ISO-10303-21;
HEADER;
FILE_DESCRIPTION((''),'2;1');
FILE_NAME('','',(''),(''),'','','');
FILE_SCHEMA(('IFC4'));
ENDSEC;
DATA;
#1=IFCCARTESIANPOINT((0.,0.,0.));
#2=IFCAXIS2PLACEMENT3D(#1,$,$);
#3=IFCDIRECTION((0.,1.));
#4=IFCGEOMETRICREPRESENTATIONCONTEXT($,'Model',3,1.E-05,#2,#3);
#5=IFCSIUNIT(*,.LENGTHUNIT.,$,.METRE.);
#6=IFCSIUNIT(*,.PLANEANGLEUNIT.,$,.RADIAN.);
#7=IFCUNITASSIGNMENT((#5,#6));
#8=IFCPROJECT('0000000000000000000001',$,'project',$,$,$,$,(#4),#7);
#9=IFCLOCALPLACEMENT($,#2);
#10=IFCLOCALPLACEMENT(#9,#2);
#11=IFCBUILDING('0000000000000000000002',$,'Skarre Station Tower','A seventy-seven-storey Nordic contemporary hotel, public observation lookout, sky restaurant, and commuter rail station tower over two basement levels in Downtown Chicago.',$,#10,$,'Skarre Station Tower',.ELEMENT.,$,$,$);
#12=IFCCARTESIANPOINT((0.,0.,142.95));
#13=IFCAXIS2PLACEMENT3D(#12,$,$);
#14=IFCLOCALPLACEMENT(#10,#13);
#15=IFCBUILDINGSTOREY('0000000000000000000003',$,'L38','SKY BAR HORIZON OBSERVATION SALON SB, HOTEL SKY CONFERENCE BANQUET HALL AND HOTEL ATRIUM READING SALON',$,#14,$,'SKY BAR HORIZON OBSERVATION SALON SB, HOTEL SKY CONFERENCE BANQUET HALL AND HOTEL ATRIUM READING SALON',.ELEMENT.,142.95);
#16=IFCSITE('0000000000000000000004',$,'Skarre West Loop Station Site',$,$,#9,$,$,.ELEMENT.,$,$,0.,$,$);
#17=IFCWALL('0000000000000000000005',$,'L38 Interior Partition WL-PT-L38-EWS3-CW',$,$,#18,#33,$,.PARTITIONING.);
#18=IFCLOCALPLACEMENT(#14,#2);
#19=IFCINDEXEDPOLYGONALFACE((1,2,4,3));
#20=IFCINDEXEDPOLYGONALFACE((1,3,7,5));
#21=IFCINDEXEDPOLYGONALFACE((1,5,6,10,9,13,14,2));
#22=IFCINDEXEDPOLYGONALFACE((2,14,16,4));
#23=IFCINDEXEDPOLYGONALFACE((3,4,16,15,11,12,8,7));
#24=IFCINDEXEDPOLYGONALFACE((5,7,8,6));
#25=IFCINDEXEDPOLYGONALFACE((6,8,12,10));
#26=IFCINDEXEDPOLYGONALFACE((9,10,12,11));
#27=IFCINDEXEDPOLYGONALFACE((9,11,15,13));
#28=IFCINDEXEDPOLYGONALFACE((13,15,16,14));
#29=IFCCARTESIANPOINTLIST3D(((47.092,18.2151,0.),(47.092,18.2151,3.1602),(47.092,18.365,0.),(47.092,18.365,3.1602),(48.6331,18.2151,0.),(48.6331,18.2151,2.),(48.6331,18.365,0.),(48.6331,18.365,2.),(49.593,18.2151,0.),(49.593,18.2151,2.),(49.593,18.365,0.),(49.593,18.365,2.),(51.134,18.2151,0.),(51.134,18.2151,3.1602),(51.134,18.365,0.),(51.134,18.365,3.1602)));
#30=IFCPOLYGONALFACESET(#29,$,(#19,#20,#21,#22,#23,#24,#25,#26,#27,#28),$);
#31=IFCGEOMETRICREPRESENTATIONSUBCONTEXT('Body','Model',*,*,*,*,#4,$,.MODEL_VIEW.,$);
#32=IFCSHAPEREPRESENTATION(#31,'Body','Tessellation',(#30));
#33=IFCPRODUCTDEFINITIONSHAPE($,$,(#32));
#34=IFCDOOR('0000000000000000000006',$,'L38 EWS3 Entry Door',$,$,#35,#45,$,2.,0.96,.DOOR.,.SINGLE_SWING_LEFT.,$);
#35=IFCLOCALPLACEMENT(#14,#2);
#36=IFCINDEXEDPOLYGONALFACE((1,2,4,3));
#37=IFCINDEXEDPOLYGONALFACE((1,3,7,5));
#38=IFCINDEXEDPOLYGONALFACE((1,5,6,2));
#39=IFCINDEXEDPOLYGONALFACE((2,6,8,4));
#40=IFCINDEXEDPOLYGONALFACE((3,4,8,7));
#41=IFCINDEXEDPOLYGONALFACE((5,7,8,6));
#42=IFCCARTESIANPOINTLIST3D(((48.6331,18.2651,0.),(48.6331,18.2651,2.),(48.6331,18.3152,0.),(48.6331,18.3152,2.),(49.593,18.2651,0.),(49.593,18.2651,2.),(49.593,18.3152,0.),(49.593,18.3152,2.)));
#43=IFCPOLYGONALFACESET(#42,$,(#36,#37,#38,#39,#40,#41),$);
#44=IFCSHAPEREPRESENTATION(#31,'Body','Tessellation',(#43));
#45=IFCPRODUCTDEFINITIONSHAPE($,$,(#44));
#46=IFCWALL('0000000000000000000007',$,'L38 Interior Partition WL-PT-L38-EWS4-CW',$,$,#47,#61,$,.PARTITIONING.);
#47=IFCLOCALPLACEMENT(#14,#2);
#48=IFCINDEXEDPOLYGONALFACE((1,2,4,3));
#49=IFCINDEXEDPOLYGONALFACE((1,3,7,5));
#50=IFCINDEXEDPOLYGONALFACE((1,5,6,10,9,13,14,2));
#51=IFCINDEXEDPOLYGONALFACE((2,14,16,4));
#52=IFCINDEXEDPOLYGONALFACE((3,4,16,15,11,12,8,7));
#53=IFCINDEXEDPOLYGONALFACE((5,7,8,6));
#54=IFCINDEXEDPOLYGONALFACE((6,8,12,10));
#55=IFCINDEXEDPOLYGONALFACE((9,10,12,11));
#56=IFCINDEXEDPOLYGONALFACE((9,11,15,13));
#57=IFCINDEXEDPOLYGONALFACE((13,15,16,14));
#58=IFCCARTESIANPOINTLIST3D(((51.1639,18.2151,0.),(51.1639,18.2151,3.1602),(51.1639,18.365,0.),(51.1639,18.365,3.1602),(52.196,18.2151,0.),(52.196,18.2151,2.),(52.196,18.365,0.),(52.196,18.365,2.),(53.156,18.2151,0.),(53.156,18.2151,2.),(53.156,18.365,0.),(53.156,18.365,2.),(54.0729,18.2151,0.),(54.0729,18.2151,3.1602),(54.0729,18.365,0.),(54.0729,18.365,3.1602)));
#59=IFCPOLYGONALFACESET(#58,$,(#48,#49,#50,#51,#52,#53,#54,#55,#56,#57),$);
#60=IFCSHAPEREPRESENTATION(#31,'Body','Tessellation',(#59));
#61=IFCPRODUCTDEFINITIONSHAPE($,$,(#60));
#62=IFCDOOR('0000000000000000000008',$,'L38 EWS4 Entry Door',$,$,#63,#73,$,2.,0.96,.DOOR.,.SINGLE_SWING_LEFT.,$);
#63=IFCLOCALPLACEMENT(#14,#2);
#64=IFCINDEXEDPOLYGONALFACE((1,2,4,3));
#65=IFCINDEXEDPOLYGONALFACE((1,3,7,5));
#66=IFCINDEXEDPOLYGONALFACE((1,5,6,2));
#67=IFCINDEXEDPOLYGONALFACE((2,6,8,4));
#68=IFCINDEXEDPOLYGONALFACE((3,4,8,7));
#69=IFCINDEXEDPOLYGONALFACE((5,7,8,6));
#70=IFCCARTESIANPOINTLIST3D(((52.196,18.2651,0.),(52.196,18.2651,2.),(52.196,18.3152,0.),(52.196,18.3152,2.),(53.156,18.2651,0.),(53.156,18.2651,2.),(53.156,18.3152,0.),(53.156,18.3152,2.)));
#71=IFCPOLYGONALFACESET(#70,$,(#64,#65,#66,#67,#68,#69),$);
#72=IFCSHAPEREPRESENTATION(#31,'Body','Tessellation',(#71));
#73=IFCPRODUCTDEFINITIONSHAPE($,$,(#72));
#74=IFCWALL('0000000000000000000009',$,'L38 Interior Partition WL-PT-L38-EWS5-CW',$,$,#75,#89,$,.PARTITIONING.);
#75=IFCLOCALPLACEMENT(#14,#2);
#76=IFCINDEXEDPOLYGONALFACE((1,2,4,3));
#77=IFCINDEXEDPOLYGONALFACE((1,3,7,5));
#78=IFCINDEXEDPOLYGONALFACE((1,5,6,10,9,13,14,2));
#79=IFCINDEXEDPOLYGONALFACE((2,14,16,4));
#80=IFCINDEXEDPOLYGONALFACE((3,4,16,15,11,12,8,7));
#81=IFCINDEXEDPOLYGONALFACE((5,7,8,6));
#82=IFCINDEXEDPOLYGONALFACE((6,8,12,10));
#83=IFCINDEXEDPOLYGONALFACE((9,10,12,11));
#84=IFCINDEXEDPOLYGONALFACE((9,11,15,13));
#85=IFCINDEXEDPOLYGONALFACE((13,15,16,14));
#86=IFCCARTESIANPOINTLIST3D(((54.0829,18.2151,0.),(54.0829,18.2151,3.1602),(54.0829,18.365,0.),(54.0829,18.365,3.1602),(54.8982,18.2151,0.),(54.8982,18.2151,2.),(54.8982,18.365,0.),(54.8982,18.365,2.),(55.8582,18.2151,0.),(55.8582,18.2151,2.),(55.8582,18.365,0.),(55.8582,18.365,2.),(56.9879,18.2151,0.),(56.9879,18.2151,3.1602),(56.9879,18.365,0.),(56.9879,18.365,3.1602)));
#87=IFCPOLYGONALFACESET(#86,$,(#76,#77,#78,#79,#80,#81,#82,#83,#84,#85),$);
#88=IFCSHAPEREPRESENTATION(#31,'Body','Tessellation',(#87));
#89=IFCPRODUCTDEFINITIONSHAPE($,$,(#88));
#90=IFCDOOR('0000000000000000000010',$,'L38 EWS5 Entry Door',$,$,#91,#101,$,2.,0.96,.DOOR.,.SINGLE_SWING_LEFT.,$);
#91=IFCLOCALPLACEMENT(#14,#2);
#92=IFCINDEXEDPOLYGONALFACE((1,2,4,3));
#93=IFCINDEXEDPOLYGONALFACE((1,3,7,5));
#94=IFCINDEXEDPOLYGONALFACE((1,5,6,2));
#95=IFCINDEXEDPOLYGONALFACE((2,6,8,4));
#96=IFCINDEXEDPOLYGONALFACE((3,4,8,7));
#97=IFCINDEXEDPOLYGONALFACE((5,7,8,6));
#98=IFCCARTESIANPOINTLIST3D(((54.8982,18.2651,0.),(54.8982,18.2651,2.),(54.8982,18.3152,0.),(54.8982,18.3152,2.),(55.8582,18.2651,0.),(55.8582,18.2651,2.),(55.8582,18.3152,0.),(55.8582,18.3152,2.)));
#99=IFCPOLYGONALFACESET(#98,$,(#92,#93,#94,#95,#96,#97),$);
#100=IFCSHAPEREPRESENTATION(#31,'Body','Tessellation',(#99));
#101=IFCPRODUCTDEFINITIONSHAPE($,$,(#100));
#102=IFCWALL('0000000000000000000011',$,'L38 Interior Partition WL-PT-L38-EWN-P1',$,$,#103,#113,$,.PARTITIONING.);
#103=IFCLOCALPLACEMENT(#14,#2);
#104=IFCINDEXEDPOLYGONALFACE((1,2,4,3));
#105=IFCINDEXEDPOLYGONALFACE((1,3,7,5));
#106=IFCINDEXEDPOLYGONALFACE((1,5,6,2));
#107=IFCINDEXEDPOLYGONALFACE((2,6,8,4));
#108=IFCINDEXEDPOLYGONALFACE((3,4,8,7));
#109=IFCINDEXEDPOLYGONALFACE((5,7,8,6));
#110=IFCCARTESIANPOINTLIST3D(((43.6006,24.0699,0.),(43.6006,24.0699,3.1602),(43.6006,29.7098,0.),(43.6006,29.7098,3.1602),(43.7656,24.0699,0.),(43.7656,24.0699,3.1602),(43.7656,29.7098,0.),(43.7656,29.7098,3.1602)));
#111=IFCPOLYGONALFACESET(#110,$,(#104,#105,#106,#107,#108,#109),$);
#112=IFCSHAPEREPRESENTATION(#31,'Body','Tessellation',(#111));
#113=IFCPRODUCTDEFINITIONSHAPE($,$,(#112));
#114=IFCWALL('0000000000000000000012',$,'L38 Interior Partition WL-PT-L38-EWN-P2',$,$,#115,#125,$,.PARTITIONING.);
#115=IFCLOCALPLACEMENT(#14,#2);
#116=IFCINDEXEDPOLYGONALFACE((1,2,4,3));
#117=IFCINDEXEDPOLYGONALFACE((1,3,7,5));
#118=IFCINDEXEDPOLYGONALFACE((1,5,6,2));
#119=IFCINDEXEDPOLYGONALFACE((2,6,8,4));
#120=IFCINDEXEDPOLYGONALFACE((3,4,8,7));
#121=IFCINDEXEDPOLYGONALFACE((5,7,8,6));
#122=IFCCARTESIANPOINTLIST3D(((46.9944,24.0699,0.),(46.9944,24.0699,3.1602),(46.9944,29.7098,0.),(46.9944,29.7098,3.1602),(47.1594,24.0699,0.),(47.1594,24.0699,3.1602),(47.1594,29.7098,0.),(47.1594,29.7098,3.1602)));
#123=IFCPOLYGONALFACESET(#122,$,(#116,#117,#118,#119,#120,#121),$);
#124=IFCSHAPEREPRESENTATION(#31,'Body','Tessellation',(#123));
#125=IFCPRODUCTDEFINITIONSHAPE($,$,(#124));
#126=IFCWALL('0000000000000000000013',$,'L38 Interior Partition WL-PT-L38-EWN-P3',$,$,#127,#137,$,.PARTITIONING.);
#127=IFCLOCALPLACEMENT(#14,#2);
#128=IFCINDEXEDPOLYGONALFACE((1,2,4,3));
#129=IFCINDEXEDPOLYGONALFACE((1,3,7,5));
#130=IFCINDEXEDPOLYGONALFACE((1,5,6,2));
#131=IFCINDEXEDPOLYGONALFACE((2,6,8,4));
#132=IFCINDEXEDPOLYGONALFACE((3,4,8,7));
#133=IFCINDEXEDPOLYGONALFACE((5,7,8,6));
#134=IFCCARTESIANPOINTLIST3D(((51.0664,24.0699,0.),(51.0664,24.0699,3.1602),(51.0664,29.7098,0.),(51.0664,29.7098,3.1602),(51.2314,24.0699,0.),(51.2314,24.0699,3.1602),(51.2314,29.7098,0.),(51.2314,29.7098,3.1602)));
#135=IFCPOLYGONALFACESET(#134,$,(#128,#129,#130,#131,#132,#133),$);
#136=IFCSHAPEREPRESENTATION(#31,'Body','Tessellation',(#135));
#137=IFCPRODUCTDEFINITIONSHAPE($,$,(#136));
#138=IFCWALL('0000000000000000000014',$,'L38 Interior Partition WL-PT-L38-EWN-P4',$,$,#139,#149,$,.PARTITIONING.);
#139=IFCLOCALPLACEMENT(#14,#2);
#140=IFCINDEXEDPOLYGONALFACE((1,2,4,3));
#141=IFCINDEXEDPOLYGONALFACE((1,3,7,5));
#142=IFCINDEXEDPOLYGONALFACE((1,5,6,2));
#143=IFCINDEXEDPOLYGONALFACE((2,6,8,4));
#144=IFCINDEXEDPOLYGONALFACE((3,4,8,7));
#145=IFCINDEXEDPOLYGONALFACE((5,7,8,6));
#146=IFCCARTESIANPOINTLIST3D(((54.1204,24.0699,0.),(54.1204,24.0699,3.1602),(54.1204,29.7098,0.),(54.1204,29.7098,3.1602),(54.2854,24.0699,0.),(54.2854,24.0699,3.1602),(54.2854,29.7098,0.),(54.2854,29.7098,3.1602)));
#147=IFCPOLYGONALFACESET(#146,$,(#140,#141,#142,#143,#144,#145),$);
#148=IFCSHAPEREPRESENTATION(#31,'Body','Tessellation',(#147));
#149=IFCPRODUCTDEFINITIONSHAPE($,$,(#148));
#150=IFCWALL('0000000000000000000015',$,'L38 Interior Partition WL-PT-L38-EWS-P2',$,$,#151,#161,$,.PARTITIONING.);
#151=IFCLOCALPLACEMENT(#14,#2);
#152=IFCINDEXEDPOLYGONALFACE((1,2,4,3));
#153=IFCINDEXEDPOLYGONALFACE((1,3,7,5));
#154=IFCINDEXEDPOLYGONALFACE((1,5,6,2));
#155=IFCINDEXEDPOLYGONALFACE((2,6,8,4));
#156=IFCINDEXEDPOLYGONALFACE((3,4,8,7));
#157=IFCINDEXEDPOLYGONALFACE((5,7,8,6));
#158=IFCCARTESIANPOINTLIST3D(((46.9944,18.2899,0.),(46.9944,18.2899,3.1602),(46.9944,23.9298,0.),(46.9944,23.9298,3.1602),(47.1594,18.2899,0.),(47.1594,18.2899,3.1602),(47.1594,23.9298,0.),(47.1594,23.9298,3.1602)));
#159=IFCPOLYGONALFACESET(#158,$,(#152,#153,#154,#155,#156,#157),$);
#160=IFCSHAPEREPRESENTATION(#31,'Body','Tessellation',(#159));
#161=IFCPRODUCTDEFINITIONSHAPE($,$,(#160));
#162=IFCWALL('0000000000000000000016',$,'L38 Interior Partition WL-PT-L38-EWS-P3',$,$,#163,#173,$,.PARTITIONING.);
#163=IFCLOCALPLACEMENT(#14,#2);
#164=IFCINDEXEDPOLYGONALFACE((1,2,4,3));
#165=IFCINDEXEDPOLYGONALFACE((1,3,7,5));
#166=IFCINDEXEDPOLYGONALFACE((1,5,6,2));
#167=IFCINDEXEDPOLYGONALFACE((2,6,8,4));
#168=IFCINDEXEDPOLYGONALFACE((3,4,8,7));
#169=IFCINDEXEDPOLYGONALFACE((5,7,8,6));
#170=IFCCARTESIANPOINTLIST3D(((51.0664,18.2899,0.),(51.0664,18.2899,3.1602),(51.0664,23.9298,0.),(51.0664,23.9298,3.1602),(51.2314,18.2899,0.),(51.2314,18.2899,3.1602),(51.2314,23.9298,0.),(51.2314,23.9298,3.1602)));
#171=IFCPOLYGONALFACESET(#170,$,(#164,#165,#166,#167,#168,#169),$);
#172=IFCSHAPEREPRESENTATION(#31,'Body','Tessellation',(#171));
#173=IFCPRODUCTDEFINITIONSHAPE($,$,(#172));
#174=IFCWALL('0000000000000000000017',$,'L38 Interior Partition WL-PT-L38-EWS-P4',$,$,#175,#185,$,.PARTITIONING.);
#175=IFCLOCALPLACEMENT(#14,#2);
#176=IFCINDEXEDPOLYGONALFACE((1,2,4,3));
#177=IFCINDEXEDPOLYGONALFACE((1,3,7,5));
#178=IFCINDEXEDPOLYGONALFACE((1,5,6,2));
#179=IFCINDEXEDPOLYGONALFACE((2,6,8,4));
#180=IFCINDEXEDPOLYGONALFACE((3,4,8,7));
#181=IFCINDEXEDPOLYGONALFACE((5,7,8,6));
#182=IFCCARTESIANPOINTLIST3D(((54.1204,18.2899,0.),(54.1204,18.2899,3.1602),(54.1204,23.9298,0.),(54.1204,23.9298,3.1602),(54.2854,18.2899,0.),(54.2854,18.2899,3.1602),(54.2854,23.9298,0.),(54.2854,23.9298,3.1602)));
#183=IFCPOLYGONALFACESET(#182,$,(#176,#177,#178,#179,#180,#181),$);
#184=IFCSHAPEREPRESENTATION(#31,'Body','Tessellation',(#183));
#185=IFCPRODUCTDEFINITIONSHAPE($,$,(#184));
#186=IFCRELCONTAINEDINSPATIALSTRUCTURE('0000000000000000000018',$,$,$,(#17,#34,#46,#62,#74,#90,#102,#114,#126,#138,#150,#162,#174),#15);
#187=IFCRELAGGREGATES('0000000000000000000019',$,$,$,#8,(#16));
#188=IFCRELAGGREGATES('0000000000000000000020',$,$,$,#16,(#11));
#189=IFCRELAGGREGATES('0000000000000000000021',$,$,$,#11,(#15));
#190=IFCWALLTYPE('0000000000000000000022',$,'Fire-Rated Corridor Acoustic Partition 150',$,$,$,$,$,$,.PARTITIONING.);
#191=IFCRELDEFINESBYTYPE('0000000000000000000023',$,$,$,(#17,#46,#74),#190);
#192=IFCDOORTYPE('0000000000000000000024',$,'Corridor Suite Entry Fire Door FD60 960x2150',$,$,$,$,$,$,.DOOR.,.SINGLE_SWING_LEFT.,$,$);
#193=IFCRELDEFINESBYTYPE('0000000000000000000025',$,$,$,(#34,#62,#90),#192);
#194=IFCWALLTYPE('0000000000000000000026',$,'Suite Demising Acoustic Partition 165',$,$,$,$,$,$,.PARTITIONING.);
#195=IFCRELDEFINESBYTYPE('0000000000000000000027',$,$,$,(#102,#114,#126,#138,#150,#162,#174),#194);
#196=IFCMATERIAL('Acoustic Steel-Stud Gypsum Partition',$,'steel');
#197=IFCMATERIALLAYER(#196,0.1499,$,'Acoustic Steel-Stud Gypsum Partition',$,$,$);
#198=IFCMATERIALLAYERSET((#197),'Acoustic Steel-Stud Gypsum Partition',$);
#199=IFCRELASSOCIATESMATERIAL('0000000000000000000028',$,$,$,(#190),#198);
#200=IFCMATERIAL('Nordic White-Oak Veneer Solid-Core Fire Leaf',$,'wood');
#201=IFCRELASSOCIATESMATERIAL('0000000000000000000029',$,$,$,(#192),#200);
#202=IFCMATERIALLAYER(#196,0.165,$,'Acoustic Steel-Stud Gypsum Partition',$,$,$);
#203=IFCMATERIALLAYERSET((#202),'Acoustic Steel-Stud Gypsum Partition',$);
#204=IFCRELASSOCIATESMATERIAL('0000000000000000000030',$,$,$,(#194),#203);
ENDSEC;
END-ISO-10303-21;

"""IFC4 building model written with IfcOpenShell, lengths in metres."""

from ifc_helpers import new_model, si_unit, direction, frame, frame_2d, origin, place, context, subcontext, project, spatial, rectangle, extrude, material, layer, layer_set, type_object, element, fill, save


model = new_model("IFC4")

# Units and contexts
model_context = context("Model", 3, precision=1e-05, world=origin(), true_north=direction((0.0, 1.0)))
body_context = subcontext(model_context, "Body", "Model", "MODEL_VIEW")
ifc_project = project(units=[si_unit("LENGTHUNIT", "METRE"), si_unit("PLANEANGLEUNIT", "RADIAN")], contexts=[model_context])

# Site, building, storey
site_placement = place(None, origin())
site = spatial("IfcSite", under=ifc_project, at=site_placement, Name="Skarre West Loop Station Site", CompositionType="ELEMENT", RefElevation=0.0)
building_placement = place(site_placement, origin())
building = spatial("IfcBuilding", under=site, at=building_placement, Name="Skarre Station Tower", Description="A seventy-seven-storey Nordic contemporary hotel, public observation lookout, sky restaurant, and commuter rail station tower over two basement levels in Downtown Chicago.", LongName="Skarre Station Tower", CompositionType="ELEMENT")
storey_placement = place(building_placement, frame((0.0, 0.0, 142.95)))
storey = spatial("IfcBuildingStorey", under=building, at=storey_placement, Name="L38", Description="SKY BAR HORIZON OBSERVATION SALON SB, HOTEL SKY CONFERENCE BANQUET HALL AND HOTEL ATRIUM READING SALON", LongName="SKY BAR HORIZON OBSERVATION SALON SB, HOTEL SKY CONFERENCE BANQUET HALL AND HOTEL ATRIUM READING SALON", CompositionType="ELEMENT", Elevation=142.95)

# Walls, openings, doors
ifc_material_1 = material(Name="Acoustic Steel-Stud Gypsum Partition", Category="steel")
ifc_layer_1 = layer(ifc_material_1, 0.1499, Name="Acoustic Steel-Stud Gypsum Partition")
ifc_layer_set_1 = layer_set([ifc_layer_1], Name="Acoustic Steel-Stud Gypsum Partition")
wall_type_1 = type_object("IfcWallType", Name="Fire-Rated Corridor Acoustic Partition 150", PredefinedType="PARTITIONING", material=ifc_layer_set_1)
ifc_material_2 = material(Name="Nordic White-Oak Veneer Solid-Core Fire Leaf", Category="wood")
door_type = type_object("IfcDoorType", Name="Corridor Suite Entry Fire Door FD60 960x2150", OperationType="SINGLE_SWING_LEFT", PredefinedType="DOOR", material=ifc_material_2)
wall_1_placement = place(storey_placement, frame((51.134, 18.29, 0.0), z_axis=(0.0, 0.0, 1.0), x_axis=(-1.0, 0.0, 0.0)))
wall_1 = element("IfcWall", 1, at=wall_1_placement, inside=storey, type_object=wall_type_1, Name="L38 Interior Partition WL-PT-L38-EWS3-CW", PredefinedType="PARTITIONING", context=body_context, shape_type="SweptSolid", body=[
    extrude(rectangle(XDim=4.042, YDim=0.1499, at=frame_2d((2.021, 0.0))), origin(), (0.0, 0.0, 1.0), 3.1602),
])
opening_1_placement = place(wall_1_placement, frame((1.541, 0.0, 0.0)))
opening_1 = element("IfcOpeningElement", 2, at=opening_1_placement, cuts=wall_1, PredefinedType="OPENING", context=body_context, shape_type="SweptSolid", body=[
    extrude(rectangle(XDim=0.96, YDim=2.0, at=frame_2d((0.48, 1.0))), frame((0.0, 0.085, 0.0), z_axis=(0.0, -1.0, 0.0), x_axis=(1.0, 0.0, 0.0)), (0.0, 0.0, 1.0), 0.1699),
])
door_1_placement = place(opening_1_placement, origin())
door_1 = element("IfcDoor", 3, at=door_1_placement, inside=storey, type_object=door_type, Name="L38 EWS3 Entry Door", OperationType="SINGLE_SWING_LEFT", OverallHeight=2.0, OverallWidth=0.96, PredefinedType="DOOR", context=body_context, shape_type="SweptSolid", body=[
    extrude(rectangle(XDim=0.96, YDim=2.0, at=frame_2d((0.48, 1.0))), frame((0.0, 0.0249, 0.0), z_axis=(0.0, -1.0, 0.0), x_axis=(1.0, 0.0, 0.0)), (0.0, 0.0, 1.0), 0.05),
])
fill(opening_1, door_1)
wall_2_placement = place(storey_placement, frame((54.073, 18.29, 0.0), z_axis=(0.0, 0.0, 1.0), x_axis=(-1.0, 0.0, 0.0)))
wall_2 = element("IfcWall", 4, at=wall_2_placement, inside=storey, type_object=wall_type_1, Name="L38 Interior Partition WL-PT-L38-EWS4-CW", PredefinedType="PARTITIONING", context=body_context, shape_type="SweptSolid", body=[
    extrude(rectangle(XDim=2.9089, YDim=0.1499, at=frame_2d((1.4546, 0.0))), origin(), (0.0, 0.0, 1.0), 3.1602),
])
opening_2_placement = place(wall_2_placement, frame((0.917, 0.0, 0.0)))
opening_2 = element("IfcOpeningElement", 5, at=opening_2_placement, cuts=wall_2, PredefinedType="OPENING", context=body_context, shape_type="SweptSolid", body=[
    extrude(rectangle(XDim=0.96, YDim=2.0, at=frame_2d((0.48, 1.0))), frame((0.0, 0.085, 0.0), z_axis=(0.0, -1.0, 0.0), x_axis=(1.0, 0.0, 0.0)), (0.0, 0.0, 1.0), 0.1699),
])
door_2_placement = place(opening_2_placement, origin())
door_2 = element("IfcDoor", 6, at=door_2_placement, inside=storey, type_object=door_type, Name="L38 EWS4 Entry Door", OperationType="SINGLE_SWING_LEFT", OverallHeight=2.0, OverallWidth=0.96, PredefinedType="DOOR", context=body_context, shape_type="SweptSolid", body=[
    extrude(rectangle(XDim=0.96, YDim=2.0, at=frame_2d((0.48, 1.0))), frame((0.0, 0.0249, 0.0), z_axis=(0.0, -1.0, 0.0), x_axis=(1.0, 0.0, 0.0)), (0.0, 0.0, 1.0), 0.05),
])
fill(opening_2, door_2)
wall_3_placement = place(storey_placement, frame((56.988, 18.29, 0.0), z_axis=(0.0, 0.0, 1.0), x_axis=(-1.0, 0.0, 0.0)))
wall_3 = element("IfcWall", 7, at=wall_3_placement, inside=storey, type_object=wall_type_1, Name="L38 Interior Partition WL-PT-L38-EWS5-CW", PredefinedType="PARTITIONING", context=body_context, shape_type="SweptSolid", body=[
    extrude(rectangle(XDim=2.905, YDim=0.1499, at=frame_2d((1.4526, 0.0))), origin(), (0.0, 0.0, 1.0), 3.1602),
])
opening_3_placement = place(wall_3_placement, frame((1.1299, 0.0, 0.0)))
opening_3 = element("IfcOpeningElement", 8, at=opening_3_placement, cuts=wall_3, PredefinedType="OPENING", context=body_context, shape_type="SweptSolid", body=[
    extrude(rectangle(XDim=0.96, YDim=2.0, at=frame_2d((0.48, 1.0))), frame((0.0, 0.085, 0.0), z_axis=(0.0, -1.0, 0.0), x_axis=(1.0, 0.0, 0.0)), (0.0, 0.0, 1.0), 0.1699),
])
door_3_placement = place(opening_3_placement, origin())
door_3 = element("IfcDoor", 9, at=door_3_placement, inside=storey, type_object=door_type, Name="L38 EWS5 Entry Door", OperationType="SINGLE_SWING_LEFT", OverallHeight=2.0, OverallWidth=0.96, PredefinedType="DOOR", context=body_context, shape_type="SweptSolid", body=[
    extrude(rectangle(XDim=0.96, YDim=2.0, at=frame_2d((0.48, 1.0))), frame((0.0, 0.0249, 0.0), z_axis=(0.0, -1.0, 0.0), x_axis=(1.0, 0.0, 0.0)), (0.0, 0.0, 1.0), 0.05),
])
fill(opening_3, door_3)

# Walls
ifc_layer_2 = layer(ifc_material_1, 0.165, Name="Acoustic Steel-Stud Gypsum Partition")
ifc_layer_set_2 = layer_set([ifc_layer_2], Name="Acoustic Steel-Stud Gypsum Partition")
wall_type_2 = type_object("IfcWallType", Name="Suite Demising Acoustic Partition 165", PredefinedType="PARTITIONING", material=ifc_layer_set_2)
for number, where, z_axis, x_axis, name in (
    (10, (43.6831, 24.0701, 0.0), (0.0, 0.0, 1.0), (0.0, 1.0, 0.0), "L38 Interior Partition WL-PT-L38-EWN-P1"),
    (11, (47.0769, 24.0701, 0.0), (0.0, 0.0, 1.0), (0.0, 1.0, 0.0), "L38 Interior Partition WL-PT-L38-EWN-P2"),
    (12, (51.1489, 24.0701, 0.0), (0.0, 0.0, 1.0), (0.0, 1.0, 0.0), "L38 Interior Partition WL-PT-L38-EWN-P3"),
    (13, (54.2029, 24.0701, 0.0), (0.0, 0.0, 1.0), (0.0, 1.0, 0.0), "L38 Interior Partition WL-PT-L38-EWN-P4"),
    (14, (47.0769, 18.29, 0.0), (0.0, 0.0, 1.0), (0.0, 1.0, 0.0), "L38 Interior Partition WL-PT-L38-EWS-P2"),
    (15, (51.1489, 18.29, 0.0), (0.0, 0.0, 1.0), (0.0, 1.0, 0.0), "L38 Interior Partition WL-PT-L38-EWS-P3"),
    (16, (54.2029, 18.29, 0.0), (0.0, 0.0, 1.0), (0.0, 1.0, 0.0), "L38 Interior Partition WL-PT-L38-EWS-P4"),
):
    element("IfcWall", number, at=place(storey_placement, frame(where, z_axis=z_axis, x_axis=x_axis)), inside=storey, type_object=wall_type_2, Name=name, PredefinedType="PARTITIONING", context=body_context, shape_type="SweptSolid", body=[
        extrude(rectangle(XDim=5.6399, YDim=0.165, at=frame_2d((2.8198, 0.0))), origin(), (0.0, 0.0, 1.0), 3.1602),
    ])

save(model, "model.ifc")
